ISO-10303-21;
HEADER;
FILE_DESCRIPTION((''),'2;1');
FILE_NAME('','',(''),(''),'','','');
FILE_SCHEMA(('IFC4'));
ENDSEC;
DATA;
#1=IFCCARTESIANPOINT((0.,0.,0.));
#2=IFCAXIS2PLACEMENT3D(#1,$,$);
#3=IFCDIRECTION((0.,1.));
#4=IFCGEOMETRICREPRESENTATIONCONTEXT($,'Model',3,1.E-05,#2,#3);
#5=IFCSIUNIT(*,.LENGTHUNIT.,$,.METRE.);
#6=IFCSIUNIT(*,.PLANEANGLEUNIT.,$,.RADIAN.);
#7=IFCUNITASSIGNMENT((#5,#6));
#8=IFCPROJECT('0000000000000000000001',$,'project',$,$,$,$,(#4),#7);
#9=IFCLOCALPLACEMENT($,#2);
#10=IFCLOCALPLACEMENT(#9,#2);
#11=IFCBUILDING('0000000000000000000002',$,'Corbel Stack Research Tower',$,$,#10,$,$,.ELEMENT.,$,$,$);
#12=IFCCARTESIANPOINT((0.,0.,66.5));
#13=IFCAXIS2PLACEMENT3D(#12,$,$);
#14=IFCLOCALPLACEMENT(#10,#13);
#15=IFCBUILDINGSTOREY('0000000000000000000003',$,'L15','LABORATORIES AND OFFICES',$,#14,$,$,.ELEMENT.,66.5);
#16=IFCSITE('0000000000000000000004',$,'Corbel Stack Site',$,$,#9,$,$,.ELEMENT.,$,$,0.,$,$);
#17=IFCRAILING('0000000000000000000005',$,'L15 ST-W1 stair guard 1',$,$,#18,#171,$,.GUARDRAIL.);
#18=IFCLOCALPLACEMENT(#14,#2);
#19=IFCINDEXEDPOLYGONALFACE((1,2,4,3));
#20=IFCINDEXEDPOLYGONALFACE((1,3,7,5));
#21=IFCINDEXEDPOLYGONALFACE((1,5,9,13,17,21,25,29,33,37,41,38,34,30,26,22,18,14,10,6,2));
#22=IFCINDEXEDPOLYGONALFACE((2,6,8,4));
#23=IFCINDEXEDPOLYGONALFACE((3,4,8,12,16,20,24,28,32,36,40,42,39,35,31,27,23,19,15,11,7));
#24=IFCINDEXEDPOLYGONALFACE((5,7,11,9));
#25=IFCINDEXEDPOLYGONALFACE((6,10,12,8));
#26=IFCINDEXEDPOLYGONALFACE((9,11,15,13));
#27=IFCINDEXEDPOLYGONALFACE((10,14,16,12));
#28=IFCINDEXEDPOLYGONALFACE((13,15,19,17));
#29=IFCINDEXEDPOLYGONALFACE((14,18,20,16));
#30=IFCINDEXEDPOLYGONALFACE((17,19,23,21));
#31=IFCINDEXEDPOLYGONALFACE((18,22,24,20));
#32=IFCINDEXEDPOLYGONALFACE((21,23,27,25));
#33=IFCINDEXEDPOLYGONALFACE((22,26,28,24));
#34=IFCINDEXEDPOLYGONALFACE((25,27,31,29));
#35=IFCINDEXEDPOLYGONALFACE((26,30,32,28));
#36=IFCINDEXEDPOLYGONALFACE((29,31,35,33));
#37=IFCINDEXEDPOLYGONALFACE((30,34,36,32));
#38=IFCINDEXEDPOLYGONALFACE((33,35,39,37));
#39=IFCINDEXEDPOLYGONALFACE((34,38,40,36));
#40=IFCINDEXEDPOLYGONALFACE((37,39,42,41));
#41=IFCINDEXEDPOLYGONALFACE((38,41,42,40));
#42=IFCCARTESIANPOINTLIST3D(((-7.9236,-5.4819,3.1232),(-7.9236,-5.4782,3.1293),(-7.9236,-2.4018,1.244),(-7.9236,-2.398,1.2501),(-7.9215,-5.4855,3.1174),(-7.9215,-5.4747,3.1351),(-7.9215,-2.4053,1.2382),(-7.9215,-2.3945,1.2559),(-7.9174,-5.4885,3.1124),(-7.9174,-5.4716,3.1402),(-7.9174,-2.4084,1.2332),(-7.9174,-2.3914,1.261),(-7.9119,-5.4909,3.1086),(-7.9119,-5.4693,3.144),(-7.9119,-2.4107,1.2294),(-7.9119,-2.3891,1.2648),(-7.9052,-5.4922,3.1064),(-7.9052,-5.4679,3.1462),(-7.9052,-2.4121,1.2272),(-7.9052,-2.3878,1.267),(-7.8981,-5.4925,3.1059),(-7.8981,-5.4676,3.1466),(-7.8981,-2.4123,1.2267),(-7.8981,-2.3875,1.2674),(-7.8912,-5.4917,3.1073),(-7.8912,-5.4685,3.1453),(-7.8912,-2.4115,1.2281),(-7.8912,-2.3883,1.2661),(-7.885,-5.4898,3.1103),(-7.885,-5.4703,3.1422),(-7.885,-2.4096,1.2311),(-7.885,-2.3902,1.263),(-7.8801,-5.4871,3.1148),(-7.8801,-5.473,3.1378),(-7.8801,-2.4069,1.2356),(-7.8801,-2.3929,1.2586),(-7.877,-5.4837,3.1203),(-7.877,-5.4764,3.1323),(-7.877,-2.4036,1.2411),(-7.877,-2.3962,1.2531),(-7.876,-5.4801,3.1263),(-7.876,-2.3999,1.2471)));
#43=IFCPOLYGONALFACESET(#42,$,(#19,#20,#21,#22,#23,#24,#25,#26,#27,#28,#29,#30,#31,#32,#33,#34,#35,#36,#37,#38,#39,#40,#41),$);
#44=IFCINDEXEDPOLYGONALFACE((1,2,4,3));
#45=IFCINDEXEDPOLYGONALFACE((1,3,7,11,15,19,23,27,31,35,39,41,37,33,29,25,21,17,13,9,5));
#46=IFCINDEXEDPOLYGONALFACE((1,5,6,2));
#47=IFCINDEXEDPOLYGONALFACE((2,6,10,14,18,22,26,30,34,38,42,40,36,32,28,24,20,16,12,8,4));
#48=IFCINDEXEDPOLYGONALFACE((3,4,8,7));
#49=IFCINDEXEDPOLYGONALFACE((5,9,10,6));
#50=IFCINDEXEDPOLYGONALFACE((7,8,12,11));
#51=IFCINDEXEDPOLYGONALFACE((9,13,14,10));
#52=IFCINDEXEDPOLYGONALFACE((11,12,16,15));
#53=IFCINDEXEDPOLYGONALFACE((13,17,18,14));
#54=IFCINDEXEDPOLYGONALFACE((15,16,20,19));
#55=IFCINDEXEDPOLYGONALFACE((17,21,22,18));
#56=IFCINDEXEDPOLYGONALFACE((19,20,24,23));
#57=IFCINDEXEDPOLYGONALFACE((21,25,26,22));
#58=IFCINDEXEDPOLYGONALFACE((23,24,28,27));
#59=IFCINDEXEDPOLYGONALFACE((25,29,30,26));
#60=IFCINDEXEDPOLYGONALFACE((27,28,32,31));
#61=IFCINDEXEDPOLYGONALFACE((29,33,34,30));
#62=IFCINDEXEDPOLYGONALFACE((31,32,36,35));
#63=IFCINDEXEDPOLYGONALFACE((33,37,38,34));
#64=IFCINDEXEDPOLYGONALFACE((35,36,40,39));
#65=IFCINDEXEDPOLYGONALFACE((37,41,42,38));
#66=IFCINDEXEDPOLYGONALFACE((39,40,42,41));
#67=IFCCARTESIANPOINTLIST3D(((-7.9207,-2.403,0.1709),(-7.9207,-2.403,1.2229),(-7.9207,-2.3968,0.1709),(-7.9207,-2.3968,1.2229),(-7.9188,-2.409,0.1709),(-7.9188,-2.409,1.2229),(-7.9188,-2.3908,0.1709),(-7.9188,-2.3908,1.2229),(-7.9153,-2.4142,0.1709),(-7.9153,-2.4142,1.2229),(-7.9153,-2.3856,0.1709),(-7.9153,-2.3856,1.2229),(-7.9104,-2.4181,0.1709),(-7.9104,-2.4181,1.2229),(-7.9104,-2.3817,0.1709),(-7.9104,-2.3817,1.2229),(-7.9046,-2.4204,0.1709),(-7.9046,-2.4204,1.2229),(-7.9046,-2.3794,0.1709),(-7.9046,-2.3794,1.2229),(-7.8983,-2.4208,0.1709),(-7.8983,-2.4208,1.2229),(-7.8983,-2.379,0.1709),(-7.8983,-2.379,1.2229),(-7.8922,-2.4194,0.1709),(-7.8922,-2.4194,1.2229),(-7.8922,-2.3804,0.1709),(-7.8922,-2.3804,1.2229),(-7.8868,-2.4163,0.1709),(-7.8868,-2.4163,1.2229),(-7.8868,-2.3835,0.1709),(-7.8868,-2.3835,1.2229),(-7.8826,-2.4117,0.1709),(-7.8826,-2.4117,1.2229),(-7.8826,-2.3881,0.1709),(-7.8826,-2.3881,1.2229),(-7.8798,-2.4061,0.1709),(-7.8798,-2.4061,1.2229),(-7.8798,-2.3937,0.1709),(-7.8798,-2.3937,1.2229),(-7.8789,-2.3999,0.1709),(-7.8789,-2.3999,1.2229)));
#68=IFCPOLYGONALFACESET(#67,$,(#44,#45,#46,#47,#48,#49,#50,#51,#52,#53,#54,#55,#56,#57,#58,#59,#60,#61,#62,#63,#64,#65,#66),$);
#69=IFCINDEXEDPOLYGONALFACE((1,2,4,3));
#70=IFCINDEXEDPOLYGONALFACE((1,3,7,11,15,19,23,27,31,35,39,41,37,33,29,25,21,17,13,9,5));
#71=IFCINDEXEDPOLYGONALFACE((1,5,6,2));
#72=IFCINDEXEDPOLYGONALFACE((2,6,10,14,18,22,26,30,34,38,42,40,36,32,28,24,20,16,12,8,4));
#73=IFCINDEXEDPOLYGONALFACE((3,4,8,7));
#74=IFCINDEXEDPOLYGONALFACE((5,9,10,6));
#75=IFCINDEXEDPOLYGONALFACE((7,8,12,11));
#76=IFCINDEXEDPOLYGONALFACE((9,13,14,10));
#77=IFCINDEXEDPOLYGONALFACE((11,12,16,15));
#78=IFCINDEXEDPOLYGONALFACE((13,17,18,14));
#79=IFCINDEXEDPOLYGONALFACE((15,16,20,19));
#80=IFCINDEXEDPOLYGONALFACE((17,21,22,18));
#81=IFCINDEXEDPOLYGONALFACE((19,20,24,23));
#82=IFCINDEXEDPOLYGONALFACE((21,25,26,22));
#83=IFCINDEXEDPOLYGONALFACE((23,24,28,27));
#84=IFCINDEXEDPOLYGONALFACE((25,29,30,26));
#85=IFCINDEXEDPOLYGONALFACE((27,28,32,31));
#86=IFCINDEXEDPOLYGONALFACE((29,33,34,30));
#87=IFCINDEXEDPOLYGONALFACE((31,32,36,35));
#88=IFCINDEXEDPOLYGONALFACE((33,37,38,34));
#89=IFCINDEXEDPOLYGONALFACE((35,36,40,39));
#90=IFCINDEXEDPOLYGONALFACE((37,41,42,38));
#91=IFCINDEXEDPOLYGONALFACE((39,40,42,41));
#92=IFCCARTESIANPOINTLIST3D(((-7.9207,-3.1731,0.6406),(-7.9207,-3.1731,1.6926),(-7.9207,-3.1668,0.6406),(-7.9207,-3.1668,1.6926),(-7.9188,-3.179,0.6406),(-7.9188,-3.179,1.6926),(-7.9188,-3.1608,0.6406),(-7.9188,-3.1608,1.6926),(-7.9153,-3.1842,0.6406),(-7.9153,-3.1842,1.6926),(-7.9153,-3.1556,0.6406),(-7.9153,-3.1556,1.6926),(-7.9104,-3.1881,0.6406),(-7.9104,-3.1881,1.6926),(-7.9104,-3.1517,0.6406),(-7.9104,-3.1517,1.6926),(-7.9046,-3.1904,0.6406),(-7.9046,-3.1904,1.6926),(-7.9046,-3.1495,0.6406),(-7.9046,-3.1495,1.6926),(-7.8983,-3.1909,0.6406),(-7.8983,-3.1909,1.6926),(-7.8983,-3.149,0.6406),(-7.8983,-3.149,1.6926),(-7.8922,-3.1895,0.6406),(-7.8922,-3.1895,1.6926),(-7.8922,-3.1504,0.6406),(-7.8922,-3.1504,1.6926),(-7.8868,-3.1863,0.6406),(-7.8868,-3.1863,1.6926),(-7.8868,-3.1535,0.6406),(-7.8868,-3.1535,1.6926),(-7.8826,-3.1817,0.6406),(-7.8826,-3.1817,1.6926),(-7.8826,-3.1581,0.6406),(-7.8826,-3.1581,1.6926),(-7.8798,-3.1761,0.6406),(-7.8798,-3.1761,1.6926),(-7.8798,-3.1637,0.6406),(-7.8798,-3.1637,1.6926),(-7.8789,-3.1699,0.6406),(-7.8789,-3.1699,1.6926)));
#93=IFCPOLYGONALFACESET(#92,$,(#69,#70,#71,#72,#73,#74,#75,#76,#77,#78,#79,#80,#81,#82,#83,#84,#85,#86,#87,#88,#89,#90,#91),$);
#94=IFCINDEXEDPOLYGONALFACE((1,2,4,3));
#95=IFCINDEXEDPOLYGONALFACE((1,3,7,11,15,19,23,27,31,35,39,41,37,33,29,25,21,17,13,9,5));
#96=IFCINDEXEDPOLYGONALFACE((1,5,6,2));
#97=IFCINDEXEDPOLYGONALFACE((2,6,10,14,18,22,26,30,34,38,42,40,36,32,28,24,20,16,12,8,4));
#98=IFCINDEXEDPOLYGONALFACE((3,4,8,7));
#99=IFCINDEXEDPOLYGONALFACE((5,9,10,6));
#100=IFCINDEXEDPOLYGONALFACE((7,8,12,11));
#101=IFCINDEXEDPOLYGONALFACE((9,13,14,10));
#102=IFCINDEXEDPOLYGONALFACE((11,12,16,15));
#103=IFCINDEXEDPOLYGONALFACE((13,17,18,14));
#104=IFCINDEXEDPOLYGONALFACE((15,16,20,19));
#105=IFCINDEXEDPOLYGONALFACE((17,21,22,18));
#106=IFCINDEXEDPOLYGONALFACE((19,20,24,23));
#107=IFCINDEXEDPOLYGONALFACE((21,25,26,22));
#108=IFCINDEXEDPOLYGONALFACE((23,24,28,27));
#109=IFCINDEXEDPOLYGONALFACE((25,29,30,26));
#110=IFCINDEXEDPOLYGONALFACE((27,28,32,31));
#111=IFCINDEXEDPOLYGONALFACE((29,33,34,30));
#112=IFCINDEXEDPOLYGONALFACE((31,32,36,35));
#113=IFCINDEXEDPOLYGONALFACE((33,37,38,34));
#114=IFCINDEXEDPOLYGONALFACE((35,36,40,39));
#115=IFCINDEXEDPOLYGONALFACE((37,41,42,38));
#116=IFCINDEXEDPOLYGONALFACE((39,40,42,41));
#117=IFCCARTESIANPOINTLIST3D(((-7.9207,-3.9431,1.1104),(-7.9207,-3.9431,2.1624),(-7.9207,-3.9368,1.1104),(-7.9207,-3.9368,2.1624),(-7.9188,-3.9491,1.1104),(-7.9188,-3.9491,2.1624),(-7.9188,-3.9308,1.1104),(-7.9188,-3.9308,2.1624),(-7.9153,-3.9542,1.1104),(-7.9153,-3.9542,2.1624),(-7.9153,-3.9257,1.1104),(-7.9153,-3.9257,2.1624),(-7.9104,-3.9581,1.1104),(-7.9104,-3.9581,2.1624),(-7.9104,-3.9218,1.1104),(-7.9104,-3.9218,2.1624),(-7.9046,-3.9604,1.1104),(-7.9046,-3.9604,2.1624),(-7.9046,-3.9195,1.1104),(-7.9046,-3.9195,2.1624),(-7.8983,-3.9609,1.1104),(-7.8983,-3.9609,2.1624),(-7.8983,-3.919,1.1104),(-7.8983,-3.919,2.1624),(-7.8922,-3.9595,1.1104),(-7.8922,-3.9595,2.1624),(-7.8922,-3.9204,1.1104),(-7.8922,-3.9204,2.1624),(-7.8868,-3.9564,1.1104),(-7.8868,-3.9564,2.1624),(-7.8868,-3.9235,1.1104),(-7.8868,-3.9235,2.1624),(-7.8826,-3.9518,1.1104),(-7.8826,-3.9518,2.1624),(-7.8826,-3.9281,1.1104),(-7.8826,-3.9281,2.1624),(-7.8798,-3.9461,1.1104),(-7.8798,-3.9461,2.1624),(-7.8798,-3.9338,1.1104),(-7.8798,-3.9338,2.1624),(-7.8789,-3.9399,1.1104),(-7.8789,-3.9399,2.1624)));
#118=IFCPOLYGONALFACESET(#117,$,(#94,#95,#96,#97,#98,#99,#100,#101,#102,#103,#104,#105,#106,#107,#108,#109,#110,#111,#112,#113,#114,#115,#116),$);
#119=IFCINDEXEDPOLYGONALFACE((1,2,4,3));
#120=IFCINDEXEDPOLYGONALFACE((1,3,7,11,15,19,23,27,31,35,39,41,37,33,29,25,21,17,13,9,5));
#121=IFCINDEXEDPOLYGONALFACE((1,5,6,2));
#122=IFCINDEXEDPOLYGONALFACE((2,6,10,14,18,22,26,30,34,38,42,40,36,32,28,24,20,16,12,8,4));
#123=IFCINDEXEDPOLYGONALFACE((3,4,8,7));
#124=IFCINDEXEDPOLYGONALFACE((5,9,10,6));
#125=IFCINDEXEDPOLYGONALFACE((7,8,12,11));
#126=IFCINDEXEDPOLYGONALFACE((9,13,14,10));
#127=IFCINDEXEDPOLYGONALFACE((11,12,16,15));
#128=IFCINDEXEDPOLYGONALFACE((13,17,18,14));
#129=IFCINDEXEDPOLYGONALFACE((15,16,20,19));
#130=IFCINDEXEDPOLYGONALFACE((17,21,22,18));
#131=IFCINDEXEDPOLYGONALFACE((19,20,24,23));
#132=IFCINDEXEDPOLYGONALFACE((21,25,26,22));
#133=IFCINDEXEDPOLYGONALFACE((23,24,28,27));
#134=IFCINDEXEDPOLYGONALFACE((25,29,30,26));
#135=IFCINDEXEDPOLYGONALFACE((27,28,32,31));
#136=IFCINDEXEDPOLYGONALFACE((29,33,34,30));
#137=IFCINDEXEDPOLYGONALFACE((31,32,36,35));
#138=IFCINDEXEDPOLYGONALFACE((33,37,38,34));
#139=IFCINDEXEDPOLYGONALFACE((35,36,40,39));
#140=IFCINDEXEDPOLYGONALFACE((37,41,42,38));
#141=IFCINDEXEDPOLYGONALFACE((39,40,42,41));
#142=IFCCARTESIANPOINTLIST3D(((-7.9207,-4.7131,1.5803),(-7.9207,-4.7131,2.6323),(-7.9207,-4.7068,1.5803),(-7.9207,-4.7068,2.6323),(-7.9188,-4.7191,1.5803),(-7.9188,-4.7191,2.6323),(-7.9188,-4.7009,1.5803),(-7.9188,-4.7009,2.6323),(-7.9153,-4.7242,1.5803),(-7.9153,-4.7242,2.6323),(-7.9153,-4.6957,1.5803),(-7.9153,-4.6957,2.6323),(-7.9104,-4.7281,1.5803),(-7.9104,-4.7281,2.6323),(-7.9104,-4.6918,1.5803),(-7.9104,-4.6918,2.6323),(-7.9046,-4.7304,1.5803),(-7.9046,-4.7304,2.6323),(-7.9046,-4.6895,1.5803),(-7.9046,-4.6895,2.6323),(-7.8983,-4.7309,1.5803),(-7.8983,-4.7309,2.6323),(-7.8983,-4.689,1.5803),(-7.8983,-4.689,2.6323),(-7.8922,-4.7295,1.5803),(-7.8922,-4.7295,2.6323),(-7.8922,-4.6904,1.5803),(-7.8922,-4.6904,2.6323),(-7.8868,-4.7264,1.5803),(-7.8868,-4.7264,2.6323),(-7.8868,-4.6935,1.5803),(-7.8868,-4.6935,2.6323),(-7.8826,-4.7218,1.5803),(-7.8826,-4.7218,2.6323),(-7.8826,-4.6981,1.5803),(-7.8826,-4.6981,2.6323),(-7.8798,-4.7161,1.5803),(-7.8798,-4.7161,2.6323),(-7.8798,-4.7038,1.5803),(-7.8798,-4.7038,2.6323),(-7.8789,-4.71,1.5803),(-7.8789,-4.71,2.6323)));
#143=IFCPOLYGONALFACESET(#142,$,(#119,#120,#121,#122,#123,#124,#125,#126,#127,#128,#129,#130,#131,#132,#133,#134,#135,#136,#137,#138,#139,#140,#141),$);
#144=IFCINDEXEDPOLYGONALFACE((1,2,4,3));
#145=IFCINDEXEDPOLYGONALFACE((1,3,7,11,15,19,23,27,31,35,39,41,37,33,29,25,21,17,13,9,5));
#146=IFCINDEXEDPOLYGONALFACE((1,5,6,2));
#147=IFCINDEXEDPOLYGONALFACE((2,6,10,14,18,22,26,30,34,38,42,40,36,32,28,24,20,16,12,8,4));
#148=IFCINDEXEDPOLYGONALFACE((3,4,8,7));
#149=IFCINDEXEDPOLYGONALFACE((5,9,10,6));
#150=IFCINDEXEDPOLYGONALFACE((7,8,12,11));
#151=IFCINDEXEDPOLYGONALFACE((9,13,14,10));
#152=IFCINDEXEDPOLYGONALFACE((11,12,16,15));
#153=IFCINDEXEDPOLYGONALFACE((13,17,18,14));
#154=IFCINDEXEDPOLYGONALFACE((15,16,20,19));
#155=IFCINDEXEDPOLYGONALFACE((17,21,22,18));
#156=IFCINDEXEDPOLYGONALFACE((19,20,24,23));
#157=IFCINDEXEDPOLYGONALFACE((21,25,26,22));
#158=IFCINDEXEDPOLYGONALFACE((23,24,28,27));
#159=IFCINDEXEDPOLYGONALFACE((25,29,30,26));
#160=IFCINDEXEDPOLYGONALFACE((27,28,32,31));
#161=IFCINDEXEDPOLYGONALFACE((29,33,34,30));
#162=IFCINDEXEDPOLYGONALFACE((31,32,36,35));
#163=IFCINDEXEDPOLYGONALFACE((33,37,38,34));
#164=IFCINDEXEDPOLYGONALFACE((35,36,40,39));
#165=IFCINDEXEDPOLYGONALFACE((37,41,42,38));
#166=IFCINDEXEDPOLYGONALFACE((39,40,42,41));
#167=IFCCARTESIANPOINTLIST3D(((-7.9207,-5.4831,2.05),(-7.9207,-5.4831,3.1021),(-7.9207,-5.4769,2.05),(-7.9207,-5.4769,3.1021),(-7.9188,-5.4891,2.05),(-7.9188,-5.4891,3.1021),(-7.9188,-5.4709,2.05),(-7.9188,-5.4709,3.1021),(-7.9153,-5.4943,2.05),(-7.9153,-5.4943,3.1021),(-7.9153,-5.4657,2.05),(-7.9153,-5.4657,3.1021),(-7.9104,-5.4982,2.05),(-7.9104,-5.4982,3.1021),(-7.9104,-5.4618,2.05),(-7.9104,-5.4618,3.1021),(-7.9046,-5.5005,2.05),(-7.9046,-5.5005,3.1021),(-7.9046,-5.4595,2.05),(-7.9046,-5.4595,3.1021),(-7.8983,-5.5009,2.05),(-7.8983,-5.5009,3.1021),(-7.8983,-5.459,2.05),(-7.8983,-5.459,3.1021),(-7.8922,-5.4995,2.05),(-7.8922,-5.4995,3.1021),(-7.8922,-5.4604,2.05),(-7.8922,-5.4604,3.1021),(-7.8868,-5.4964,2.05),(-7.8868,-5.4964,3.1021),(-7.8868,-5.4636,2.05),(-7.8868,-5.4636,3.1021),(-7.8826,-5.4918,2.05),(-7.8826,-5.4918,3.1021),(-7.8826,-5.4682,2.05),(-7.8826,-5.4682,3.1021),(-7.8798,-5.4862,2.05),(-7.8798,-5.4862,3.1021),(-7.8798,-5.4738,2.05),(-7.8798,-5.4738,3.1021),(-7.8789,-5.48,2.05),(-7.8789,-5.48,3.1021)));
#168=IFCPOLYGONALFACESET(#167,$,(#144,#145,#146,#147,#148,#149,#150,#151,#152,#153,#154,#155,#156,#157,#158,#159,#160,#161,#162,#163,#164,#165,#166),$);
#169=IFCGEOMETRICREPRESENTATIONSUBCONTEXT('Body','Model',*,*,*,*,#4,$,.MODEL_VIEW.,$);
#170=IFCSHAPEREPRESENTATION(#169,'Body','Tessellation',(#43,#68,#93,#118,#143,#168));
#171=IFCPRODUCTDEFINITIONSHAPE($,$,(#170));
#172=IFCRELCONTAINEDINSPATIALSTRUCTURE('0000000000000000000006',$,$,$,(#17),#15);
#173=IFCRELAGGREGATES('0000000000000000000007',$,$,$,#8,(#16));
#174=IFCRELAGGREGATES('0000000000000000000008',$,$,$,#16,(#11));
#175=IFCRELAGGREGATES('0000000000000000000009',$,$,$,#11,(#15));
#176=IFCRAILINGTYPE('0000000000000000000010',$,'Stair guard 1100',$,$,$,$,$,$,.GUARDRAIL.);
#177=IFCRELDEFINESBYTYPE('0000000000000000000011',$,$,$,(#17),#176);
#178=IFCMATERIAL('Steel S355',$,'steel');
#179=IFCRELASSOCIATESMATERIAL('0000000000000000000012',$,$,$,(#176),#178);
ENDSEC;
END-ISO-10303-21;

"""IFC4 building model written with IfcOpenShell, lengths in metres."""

from ifc_helpers import new_model, si_unit, direction, frame, origin, origin_2d, place, context, subcontext, project, spatial, circle, extrude, material, type_object, element, save


model = new_model("IFC4")

# Units and contexts
model_context = context("Model", 3, precision=1e-05, world=origin(), true_north=direction((0.0, 1.0)))
body_context = subcontext(model_context, "Body", "Model", "MODEL_VIEW")
ifc_project = project(units=[si_unit("LENGTHUNIT", "METRE"), si_unit("PLANEANGLEUNIT", "RADIAN")], contexts=[model_context])

# Site, building, storey
site_placement = place(None, origin())
site = spatial("IfcSite", under=ifc_project, at=site_placement, Name="Corbel Stack Site", CompositionType="ELEMENT", RefElevation=0.0)
building_placement = place(site_placement, origin())
building = spatial("IfcBuilding", under=site, at=building_placement, Name="Corbel Stack Research Tower", CompositionType="ELEMENT")
storey_placement = place(building_placement, frame((0.0, 0.0, 66.5)))
storey = spatial("IfcBuildingStorey", under=building, at=storey_placement, Name="L15", Description="LABORATORIES AND OFFICES", CompositionType="ELEMENT", Elevation=66.5)

# Railing
ifc_material_1 = material(Name="Steel S355", Category="steel")
railing_type_1 = type_object("IfcRailingType", Name="Stair guard 1100", PredefinedType="GUARDRAIL", material=ifc_material_1)
railing_1_placement = place(storey_placement, frame((-7.8999, -2.3999, 0.1709)))
element("IfcRailing", 1, at=railing_1_placement, inside=storey, type_object=railing_type_1, Name="L15 ST-W1 stair guard 1", PredefinedType="GUARDRAIL", context=body_context, shape_type="SweptSolid", body=[
    extrude(circle(Radius=0.0239, at=origin_2d()), frame((0.0, 0.0, 1.0762), z_axis=(0.0, -0.853666, 0.52082), x_axis=(1.0, 0.0, 0.0)), (0.0, 0.0, 1.0), 3.6082),
    extrude(circle(Radius=0.021, at=origin_2d()), origin(), (0.0, 0.0, 1.0), 1.052),
    extrude(circle(Radius=0.021, at=origin_2d()), frame((0.0, -0.77, 0.4697)), (0.0, 0.0, 1.0), 1.052),
    extrude(circle(Radius=0.021, at=origin_2d()), frame((0.0, -1.54, 0.9395)), (0.0, 0.0, 1.0), 1.052),
    extrude(circle(Radius=0.021, at=origin_2d()), frame((0.0, -2.3101, 1.4094)), (0.0, 0.0, 1.0), 1.052),
    extrude(circle(Radius=0.021, at=origin_2d()), frame((0.0, -3.0801, 1.8792)), (0.0, 0.0, 1.0), 1.052),
])

save(model, "model.ifc")
